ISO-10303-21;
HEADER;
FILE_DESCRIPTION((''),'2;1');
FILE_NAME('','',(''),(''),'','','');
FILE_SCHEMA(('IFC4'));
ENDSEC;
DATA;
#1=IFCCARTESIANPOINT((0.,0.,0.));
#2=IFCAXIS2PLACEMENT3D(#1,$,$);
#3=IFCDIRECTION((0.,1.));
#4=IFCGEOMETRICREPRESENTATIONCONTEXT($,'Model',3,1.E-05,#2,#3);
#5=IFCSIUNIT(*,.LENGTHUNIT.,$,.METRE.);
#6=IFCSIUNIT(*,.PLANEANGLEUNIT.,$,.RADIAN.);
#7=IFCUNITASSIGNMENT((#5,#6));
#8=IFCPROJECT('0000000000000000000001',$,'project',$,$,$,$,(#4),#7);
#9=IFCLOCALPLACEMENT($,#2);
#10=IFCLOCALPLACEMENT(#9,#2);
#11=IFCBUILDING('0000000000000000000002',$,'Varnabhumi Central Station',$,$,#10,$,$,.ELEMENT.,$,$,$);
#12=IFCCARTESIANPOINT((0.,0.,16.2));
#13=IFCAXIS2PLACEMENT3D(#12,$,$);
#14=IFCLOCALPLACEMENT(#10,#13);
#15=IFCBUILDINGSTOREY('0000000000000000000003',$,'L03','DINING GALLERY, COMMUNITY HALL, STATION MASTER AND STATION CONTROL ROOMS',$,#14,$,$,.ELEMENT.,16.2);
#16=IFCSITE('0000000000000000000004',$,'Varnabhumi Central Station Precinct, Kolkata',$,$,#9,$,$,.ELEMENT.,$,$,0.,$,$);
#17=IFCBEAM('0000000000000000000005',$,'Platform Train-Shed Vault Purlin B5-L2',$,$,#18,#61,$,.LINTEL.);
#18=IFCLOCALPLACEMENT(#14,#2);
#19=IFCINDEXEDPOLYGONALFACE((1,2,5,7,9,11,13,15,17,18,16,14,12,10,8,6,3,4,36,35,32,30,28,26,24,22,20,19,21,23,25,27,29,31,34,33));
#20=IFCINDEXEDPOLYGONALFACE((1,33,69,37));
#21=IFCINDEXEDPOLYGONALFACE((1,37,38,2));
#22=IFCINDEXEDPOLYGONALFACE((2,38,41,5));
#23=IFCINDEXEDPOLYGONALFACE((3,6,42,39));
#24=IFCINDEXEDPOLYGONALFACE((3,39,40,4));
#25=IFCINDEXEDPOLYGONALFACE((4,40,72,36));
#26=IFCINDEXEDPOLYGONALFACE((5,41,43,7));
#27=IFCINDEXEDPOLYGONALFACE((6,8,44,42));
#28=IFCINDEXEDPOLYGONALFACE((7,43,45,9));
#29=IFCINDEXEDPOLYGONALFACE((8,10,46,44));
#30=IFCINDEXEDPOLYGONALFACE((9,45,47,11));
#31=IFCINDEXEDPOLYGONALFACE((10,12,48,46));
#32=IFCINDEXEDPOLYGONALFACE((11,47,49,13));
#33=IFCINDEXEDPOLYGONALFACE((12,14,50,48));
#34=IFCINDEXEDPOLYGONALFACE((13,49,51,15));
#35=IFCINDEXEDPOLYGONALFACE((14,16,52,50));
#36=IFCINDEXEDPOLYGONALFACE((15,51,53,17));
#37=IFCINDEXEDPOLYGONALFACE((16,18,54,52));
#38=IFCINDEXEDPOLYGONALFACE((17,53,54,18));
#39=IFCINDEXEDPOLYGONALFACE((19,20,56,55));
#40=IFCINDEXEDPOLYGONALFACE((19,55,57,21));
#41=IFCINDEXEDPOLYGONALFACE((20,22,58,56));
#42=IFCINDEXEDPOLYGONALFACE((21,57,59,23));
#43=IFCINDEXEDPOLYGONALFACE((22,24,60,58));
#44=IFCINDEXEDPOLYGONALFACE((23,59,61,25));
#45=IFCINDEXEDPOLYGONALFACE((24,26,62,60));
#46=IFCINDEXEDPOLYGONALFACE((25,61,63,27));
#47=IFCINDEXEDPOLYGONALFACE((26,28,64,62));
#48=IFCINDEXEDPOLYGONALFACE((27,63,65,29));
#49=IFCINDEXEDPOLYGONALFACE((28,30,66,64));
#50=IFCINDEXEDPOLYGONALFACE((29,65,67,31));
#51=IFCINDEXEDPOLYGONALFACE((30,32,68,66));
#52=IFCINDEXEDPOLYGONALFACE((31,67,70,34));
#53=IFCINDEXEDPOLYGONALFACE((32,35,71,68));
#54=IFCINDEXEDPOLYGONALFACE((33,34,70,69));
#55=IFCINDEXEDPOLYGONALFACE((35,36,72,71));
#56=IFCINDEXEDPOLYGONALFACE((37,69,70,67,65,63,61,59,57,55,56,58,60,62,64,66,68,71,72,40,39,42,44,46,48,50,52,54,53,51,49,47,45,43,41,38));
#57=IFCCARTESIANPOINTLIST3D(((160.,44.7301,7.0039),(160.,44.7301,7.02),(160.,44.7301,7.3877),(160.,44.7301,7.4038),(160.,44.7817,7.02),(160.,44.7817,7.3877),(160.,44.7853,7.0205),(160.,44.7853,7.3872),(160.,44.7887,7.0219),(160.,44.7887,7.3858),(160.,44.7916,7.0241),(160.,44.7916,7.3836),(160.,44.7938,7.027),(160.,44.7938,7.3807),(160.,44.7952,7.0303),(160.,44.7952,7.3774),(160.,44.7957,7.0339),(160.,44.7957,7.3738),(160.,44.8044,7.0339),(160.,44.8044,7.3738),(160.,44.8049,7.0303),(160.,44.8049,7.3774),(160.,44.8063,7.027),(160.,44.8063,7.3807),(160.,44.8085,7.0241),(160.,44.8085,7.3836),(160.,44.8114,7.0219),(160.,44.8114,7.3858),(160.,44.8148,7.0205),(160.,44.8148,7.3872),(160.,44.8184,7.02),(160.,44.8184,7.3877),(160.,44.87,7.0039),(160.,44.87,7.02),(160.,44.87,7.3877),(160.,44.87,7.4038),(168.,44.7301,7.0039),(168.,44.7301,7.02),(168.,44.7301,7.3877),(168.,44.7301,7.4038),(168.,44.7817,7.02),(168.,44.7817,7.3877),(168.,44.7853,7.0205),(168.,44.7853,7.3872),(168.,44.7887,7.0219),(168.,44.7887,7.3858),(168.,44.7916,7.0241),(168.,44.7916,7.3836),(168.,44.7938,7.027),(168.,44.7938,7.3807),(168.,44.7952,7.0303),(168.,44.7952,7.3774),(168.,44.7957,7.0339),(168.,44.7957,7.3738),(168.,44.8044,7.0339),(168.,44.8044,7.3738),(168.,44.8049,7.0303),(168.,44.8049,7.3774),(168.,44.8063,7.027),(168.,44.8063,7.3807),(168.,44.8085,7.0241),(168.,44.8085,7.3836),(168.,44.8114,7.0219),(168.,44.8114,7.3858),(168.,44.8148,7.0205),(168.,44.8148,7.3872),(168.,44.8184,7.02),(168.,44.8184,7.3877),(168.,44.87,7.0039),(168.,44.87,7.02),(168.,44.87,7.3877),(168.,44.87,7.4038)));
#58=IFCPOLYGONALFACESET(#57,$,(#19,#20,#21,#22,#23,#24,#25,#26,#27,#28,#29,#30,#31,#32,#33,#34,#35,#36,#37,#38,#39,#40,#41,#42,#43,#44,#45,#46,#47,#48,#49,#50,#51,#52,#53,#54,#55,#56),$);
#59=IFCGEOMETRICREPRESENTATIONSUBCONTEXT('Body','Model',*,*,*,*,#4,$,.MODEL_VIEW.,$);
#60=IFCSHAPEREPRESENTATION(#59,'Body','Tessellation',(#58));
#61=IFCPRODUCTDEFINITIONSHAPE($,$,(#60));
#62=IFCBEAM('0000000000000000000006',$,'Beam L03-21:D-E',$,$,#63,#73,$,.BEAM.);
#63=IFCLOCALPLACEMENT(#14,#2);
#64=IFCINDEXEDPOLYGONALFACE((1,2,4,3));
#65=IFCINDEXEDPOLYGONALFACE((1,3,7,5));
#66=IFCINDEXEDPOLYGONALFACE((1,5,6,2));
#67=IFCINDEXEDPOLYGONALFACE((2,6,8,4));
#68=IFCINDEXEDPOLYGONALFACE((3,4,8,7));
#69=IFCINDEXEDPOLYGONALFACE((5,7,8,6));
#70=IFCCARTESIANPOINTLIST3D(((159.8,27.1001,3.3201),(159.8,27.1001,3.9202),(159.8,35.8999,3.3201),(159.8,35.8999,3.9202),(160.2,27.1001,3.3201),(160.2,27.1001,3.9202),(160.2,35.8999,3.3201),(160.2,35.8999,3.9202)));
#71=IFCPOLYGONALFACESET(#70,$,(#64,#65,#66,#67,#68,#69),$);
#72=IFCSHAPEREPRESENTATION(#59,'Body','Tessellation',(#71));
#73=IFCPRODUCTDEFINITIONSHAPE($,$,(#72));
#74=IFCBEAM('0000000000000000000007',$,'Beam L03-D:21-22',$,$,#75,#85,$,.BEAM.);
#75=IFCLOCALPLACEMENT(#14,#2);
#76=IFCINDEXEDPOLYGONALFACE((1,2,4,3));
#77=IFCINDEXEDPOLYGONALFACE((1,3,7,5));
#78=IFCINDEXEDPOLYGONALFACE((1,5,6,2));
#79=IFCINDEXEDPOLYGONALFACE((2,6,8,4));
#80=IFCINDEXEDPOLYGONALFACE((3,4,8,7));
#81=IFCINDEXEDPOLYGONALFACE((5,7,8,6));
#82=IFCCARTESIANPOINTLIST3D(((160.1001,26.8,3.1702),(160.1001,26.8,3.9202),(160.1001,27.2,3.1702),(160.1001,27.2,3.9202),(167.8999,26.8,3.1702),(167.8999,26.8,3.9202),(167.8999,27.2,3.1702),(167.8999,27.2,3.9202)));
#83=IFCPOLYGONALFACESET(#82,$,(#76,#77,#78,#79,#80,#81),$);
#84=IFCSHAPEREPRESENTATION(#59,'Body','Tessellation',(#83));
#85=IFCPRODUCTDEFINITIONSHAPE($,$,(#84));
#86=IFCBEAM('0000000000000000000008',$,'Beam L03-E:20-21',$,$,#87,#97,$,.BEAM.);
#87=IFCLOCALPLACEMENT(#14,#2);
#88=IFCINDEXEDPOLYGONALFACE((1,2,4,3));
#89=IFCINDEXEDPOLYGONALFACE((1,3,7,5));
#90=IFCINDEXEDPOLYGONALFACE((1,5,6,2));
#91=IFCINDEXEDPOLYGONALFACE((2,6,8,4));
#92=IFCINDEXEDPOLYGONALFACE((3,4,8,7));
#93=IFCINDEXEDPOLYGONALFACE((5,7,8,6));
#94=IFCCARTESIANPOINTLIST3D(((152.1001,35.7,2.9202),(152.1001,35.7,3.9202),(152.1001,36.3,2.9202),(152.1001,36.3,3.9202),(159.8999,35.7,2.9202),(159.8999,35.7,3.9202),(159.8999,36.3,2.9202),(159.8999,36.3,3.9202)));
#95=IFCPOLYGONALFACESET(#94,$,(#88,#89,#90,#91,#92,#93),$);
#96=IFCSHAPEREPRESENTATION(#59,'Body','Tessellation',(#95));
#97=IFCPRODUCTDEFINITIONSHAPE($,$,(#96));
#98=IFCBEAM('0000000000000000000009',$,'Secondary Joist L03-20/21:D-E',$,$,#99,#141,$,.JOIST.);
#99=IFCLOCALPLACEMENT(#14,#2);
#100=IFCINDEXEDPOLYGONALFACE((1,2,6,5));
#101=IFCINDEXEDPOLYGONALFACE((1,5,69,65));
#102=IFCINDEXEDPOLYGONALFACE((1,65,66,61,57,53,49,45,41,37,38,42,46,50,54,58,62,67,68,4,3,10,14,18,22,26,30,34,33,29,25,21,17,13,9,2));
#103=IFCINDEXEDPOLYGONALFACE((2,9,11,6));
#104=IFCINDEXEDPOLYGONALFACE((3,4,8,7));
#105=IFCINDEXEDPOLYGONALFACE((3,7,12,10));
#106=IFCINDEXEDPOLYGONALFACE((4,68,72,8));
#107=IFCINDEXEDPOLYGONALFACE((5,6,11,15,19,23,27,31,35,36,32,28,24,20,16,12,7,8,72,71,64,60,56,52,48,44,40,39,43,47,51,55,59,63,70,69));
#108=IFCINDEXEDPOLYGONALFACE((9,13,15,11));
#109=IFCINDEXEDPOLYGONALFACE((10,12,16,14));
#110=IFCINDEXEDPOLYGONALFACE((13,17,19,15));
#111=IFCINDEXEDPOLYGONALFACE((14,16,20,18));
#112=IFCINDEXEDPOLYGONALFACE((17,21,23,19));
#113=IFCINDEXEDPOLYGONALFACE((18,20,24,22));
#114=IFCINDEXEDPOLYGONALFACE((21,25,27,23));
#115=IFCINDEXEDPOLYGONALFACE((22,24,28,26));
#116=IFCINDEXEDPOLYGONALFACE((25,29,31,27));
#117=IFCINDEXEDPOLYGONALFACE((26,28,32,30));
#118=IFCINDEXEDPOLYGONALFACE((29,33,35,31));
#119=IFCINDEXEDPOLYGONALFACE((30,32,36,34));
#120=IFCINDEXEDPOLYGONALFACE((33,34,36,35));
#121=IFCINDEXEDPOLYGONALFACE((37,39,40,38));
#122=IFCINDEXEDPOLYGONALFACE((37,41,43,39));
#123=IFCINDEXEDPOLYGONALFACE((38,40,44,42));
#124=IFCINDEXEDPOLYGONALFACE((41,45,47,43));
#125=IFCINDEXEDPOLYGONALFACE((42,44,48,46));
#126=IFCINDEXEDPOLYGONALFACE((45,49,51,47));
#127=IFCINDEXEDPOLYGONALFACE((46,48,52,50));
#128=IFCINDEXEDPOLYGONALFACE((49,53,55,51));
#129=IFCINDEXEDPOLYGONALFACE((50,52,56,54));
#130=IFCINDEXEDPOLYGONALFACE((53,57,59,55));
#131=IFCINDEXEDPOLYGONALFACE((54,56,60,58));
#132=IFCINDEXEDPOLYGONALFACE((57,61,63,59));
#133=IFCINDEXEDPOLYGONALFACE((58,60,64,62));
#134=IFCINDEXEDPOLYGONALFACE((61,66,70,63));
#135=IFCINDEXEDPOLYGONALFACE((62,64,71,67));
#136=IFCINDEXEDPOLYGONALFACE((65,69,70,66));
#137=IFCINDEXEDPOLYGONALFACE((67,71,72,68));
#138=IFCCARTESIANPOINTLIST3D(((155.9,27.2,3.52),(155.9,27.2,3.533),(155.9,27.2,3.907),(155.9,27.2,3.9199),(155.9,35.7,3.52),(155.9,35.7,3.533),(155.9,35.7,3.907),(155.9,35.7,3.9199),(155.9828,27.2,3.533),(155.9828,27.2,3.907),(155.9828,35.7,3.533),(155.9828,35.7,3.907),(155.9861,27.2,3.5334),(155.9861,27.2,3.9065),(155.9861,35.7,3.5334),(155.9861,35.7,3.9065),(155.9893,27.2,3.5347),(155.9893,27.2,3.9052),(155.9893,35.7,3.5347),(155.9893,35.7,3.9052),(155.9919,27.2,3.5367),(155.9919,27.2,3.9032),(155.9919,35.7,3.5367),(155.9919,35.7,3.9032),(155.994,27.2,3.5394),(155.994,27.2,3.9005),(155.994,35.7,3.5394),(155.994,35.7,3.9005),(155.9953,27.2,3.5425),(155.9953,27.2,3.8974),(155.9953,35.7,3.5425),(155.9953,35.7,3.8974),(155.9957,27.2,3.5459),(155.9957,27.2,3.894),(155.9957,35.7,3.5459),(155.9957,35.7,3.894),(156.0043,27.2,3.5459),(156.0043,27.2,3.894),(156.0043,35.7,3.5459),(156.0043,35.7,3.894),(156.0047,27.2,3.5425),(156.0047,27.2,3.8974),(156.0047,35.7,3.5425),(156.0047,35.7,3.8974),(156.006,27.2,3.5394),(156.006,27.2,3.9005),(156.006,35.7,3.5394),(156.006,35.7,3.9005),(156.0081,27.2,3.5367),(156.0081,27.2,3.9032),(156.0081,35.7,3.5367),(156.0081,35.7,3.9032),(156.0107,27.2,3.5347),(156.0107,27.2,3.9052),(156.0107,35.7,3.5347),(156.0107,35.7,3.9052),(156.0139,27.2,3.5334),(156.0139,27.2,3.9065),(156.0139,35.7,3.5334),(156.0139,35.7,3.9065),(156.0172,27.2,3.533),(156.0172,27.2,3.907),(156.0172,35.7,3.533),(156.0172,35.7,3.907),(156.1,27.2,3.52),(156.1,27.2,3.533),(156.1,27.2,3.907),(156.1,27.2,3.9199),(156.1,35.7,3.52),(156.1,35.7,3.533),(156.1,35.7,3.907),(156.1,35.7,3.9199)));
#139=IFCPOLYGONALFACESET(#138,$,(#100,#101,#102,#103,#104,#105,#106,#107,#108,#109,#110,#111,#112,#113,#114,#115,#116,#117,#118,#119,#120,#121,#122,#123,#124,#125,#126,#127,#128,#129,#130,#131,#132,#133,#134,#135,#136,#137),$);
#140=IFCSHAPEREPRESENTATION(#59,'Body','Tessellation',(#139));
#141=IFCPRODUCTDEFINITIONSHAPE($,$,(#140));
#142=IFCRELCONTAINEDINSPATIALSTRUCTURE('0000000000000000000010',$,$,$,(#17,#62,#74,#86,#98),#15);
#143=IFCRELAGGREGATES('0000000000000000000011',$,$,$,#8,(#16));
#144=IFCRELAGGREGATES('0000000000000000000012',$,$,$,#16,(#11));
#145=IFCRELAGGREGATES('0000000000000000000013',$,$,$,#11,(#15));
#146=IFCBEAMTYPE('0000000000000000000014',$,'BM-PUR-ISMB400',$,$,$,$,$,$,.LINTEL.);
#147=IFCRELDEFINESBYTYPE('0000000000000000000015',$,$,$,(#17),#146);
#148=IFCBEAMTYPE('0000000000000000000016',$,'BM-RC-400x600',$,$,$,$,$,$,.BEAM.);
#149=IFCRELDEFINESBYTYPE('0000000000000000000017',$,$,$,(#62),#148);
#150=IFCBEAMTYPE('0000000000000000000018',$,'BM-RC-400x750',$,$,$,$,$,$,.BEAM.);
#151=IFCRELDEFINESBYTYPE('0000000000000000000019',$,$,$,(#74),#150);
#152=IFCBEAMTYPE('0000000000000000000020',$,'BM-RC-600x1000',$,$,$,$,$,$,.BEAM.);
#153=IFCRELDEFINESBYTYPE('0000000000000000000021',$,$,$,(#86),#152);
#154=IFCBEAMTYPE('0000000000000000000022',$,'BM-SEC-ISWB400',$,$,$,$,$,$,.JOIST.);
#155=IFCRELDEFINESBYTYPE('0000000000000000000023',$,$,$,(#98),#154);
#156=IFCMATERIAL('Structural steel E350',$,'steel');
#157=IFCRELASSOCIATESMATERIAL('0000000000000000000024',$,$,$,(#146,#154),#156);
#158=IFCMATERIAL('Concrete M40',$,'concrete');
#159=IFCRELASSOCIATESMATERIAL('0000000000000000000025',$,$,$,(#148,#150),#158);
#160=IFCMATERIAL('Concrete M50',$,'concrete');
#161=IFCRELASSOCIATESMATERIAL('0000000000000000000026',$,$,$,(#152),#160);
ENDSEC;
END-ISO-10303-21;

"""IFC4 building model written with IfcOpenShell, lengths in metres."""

from ifc_helpers import new_model, si_unit, direction, frame, origin, origin_2d, place, context, subcontext, project, spatial, rectangle, i_section, extrude, material, material_profile, profile_set, type_object, element, save


model = new_model("IFC4")

# Units and contexts
model_context = context("Model", 3, precision=1e-05, world=origin(), true_north=direction((0.0, 1.0)))
body_context = subcontext(model_context, "Body", "Model", "MODEL_VIEW")
ifc_project = project(units=[si_unit("LENGTHUNIT", "METRE"), si_unit("PLANEANGLEUNIT", "RADIAN")], contexts=[model_context])

# Site, building, storey
site_placement = place(None, origin())
site = spatial("IfcSite", under=ifc_project, at=site_placement, Name="Varnabhumi Central Station Precinct, Kolkata", CompositionType="ELEMENT", RefElevation=0.0)
building_placement = place(site_placement, origin())
building = spatial("IfcBuilding", under=site, at=building_placement, Name="Varnabhumi Central Station", CompositionType="ELEMENT")
storey_placement = place(building_placement, frame((0.0, 0.0, 16.2)))
storey = spatial("IfcBuildingStorey", under=building, at=storey_placement, Name="L03", Description="DINING GALLERY, COMMUNITY HALL, STATION MASTER AND STATION CONTROL ROOMS", CompositionType="ELEMENT", Elevation=16.2)

# Shared definitions
ifc_material_1 = material(Name="Concrete M40", Category="concrete")

# Beams
ifc_material_2 = material(Name="Structural steel E350", Category="steel")
ifc_material_profile_1 = material_profile(ifc_material_2, i_section(OverallWidth=0.1399, OverallDepth=0.3999, WebThickness=0.0088, FlangeThickness=0.0161, FilletRadius=0.0139, at=origin_2d()), Name="Structural steel E350", Category="steel")
ifc_profile_set_1 = profile_set([ifc_material_profile_1], Name="Structural steel E350")
beam_type_1 = type_object("IfcBeamType", Name="BM-PUR-ISMB400", PredefinedType="LINTEL", material=ifc_profile_set_1)
for number, where, z_axis, x_axis, name in (
    (1, (160.0, 44.8, 7.2039), (1.0, 0.0, 0.0), (0.0, 1.0, 0.0), "Platform Train-Shed Vault Purlin B5-L2"),
):
    element("IfcBeam", number, at=place(storey_placement, frame(where, z_axis=z_axis, x_axis=x_axis)), inside=storey, type_object=beam_type_1, Name=name, PredefinedType="LINTEL", context=body_context, shape_type="SweptSolid", body=[
        extrude(i_section(OverallWidth=0.1399, OverallDepth=0.3999, WebThickness=0.0088, FlangeThickness=0.0161, FilletRadius=0.0139, at=origin_2d()), origin(), (0.0, 0.0, 1.0), 8.0),
    ])
ifc_material_profile_2 = material_profile(ifc_material_1, rectangle(XDim=0.3999, YDim=0.6001, at=origin_2d()), Name="Concrete M40", Category="concrete")
ifc_profile_set_2 = profile_set([ifc_material_profile_2], Name="Concrete M40")
beam_type_2 = type_object("IfcBeamType", Name="BM-RC-400x600", PredefinedType="BEAM", material=ifc_profile_set_2)
beam_1_placement = place(storey_placement, frame((160.0, 27.1001, 3.6201), z_axis=(0.0, 1.0, 0.0), x_axis=(-1.0, 0.0, 0.0)))
element("IfcBeam", 2, at=beam_1_placement, inside=storey, type_object=beam_type_2, Name="Beam L03-21:D-E", PredefinedType="BEAM", context=body_context, shape_type="SweptSolid", body=[
    extrude(rectangle(XDim=0.3999, YDim=0.6001, at=origin_2d()), origin(), (0.0, 0.0, 1.0), 8.7998),
])
ifc_material_profile_3 = material_profile(ifc_material_1, rectangle(XDim=0.3999, YDim=0.75, at=origin_2d()), Name="Concrete M40", Category="concrete")
ifc_profile_set_3 = profile_set([ifc_material_profile_3], Name="Concrete M40")
beam_type_3 = type_object("IfcBeamType", Name="BM-RC-400x750", PredefinedType="BEAM", material=ifc_profile_set_3)
beam_2_placement = place(storey_placement, frame((160.1001, 27.0, 3.5452), z_axis=(1.0, 0.0, 0.0), x_axis=(0.0, 1.0, 0.0)))
element("IfcBeam", 3, at=beam_2_placement, inside=storey, type_object=beam_type_3, Name="Beam L03-D:21-22", PredefinedType="BEAM", context=body_context, shape_type="SweptSolid", body=[
    extrude(rectangle(XDim=0.3999, YDim=0.75, at=origin_2d()), origin(), (0.0, 0.0, 1.0), 7.7998),
])
ifc_material_3 = material(Name="Concrete M50", Category="concrete")
ifc_material_profile_4 = material_profile(ifc_material_3, rectangle(XDim=0.6001, YDim=1.0, at=origin_2d()), Name="Concrete M50", Category="concrete")
ifc_profile_set_4 = profile_set([ifc_material_profile_4], Name="Concrete M50")
beam_type_4 = type_object("IfcBeamType", Name="BM-RC-600x1000", PredefinedType="BEAM", material=ifc_profile_set_4)
beam_3_placement = place(storey_placement, frame((152.1001, 36.0, 3.4202), z_axis=(1.0, 0.0, 0.0), x_axis=(0.0, 1.0, 0.0)))
element("IfcBeam", 4, at=beam_3_placement, inside=storey, type_object=beam_type_4, Name="Beam L03-E:20-21", PredefinedType="BEAM", context=body_context, shape_type="SweptSolid", body=[
    extrude(rectangle(XDim=0.6001, YDim=1.0, at=origin_2d()), origin(), (0.0, 0.0, 1.0), 7.7998),
])
ifc_material_profile_5 = material_profile(ifc_material_2, i_section(OverallWidth=0.2, OverallDepth=0.3999, WebThickness=0.0085, FlangeThickness=0.0129, FilletRadius=0.0129, at=origin_2d()), Name="Structural steel E350", Category="steel")
ifc_profile_set_5 = profile_set([ifc_material_profile_5], Name="Structural steel E350")
beam_type_5 = type_object("IfcBeamType", Name="BM-SEC-ISWB400", PredefinedType="JOIST", material=ifc_profile_set_5)
beam_4_placement = place(storey_placement, frame((156.0, 27.2, 3.72), z_axis=(0.0, 1.0, 0.0), x_axis=(-1.0, 0.0, 0.0)))
element("IfcBeam", 5, at=beam_4_placement, inside=storey, type_object=beam_type_5, Name="Secondary Joist L03-20/21:D-E", PredefinedType="JOIST", context=body_context, shape_type="SweptSolid", body=[
    extrude(i_section(OverallWidth=0.2, OverallDepth=0.3999, WebThickness=0.0085, FlangeThickness=0.0129, FilletRadius=0.0129, at=origin_2d()), origin(), (0.0, 0.0, 1.0), 8.5),
])

save(model, "model.ifc")
